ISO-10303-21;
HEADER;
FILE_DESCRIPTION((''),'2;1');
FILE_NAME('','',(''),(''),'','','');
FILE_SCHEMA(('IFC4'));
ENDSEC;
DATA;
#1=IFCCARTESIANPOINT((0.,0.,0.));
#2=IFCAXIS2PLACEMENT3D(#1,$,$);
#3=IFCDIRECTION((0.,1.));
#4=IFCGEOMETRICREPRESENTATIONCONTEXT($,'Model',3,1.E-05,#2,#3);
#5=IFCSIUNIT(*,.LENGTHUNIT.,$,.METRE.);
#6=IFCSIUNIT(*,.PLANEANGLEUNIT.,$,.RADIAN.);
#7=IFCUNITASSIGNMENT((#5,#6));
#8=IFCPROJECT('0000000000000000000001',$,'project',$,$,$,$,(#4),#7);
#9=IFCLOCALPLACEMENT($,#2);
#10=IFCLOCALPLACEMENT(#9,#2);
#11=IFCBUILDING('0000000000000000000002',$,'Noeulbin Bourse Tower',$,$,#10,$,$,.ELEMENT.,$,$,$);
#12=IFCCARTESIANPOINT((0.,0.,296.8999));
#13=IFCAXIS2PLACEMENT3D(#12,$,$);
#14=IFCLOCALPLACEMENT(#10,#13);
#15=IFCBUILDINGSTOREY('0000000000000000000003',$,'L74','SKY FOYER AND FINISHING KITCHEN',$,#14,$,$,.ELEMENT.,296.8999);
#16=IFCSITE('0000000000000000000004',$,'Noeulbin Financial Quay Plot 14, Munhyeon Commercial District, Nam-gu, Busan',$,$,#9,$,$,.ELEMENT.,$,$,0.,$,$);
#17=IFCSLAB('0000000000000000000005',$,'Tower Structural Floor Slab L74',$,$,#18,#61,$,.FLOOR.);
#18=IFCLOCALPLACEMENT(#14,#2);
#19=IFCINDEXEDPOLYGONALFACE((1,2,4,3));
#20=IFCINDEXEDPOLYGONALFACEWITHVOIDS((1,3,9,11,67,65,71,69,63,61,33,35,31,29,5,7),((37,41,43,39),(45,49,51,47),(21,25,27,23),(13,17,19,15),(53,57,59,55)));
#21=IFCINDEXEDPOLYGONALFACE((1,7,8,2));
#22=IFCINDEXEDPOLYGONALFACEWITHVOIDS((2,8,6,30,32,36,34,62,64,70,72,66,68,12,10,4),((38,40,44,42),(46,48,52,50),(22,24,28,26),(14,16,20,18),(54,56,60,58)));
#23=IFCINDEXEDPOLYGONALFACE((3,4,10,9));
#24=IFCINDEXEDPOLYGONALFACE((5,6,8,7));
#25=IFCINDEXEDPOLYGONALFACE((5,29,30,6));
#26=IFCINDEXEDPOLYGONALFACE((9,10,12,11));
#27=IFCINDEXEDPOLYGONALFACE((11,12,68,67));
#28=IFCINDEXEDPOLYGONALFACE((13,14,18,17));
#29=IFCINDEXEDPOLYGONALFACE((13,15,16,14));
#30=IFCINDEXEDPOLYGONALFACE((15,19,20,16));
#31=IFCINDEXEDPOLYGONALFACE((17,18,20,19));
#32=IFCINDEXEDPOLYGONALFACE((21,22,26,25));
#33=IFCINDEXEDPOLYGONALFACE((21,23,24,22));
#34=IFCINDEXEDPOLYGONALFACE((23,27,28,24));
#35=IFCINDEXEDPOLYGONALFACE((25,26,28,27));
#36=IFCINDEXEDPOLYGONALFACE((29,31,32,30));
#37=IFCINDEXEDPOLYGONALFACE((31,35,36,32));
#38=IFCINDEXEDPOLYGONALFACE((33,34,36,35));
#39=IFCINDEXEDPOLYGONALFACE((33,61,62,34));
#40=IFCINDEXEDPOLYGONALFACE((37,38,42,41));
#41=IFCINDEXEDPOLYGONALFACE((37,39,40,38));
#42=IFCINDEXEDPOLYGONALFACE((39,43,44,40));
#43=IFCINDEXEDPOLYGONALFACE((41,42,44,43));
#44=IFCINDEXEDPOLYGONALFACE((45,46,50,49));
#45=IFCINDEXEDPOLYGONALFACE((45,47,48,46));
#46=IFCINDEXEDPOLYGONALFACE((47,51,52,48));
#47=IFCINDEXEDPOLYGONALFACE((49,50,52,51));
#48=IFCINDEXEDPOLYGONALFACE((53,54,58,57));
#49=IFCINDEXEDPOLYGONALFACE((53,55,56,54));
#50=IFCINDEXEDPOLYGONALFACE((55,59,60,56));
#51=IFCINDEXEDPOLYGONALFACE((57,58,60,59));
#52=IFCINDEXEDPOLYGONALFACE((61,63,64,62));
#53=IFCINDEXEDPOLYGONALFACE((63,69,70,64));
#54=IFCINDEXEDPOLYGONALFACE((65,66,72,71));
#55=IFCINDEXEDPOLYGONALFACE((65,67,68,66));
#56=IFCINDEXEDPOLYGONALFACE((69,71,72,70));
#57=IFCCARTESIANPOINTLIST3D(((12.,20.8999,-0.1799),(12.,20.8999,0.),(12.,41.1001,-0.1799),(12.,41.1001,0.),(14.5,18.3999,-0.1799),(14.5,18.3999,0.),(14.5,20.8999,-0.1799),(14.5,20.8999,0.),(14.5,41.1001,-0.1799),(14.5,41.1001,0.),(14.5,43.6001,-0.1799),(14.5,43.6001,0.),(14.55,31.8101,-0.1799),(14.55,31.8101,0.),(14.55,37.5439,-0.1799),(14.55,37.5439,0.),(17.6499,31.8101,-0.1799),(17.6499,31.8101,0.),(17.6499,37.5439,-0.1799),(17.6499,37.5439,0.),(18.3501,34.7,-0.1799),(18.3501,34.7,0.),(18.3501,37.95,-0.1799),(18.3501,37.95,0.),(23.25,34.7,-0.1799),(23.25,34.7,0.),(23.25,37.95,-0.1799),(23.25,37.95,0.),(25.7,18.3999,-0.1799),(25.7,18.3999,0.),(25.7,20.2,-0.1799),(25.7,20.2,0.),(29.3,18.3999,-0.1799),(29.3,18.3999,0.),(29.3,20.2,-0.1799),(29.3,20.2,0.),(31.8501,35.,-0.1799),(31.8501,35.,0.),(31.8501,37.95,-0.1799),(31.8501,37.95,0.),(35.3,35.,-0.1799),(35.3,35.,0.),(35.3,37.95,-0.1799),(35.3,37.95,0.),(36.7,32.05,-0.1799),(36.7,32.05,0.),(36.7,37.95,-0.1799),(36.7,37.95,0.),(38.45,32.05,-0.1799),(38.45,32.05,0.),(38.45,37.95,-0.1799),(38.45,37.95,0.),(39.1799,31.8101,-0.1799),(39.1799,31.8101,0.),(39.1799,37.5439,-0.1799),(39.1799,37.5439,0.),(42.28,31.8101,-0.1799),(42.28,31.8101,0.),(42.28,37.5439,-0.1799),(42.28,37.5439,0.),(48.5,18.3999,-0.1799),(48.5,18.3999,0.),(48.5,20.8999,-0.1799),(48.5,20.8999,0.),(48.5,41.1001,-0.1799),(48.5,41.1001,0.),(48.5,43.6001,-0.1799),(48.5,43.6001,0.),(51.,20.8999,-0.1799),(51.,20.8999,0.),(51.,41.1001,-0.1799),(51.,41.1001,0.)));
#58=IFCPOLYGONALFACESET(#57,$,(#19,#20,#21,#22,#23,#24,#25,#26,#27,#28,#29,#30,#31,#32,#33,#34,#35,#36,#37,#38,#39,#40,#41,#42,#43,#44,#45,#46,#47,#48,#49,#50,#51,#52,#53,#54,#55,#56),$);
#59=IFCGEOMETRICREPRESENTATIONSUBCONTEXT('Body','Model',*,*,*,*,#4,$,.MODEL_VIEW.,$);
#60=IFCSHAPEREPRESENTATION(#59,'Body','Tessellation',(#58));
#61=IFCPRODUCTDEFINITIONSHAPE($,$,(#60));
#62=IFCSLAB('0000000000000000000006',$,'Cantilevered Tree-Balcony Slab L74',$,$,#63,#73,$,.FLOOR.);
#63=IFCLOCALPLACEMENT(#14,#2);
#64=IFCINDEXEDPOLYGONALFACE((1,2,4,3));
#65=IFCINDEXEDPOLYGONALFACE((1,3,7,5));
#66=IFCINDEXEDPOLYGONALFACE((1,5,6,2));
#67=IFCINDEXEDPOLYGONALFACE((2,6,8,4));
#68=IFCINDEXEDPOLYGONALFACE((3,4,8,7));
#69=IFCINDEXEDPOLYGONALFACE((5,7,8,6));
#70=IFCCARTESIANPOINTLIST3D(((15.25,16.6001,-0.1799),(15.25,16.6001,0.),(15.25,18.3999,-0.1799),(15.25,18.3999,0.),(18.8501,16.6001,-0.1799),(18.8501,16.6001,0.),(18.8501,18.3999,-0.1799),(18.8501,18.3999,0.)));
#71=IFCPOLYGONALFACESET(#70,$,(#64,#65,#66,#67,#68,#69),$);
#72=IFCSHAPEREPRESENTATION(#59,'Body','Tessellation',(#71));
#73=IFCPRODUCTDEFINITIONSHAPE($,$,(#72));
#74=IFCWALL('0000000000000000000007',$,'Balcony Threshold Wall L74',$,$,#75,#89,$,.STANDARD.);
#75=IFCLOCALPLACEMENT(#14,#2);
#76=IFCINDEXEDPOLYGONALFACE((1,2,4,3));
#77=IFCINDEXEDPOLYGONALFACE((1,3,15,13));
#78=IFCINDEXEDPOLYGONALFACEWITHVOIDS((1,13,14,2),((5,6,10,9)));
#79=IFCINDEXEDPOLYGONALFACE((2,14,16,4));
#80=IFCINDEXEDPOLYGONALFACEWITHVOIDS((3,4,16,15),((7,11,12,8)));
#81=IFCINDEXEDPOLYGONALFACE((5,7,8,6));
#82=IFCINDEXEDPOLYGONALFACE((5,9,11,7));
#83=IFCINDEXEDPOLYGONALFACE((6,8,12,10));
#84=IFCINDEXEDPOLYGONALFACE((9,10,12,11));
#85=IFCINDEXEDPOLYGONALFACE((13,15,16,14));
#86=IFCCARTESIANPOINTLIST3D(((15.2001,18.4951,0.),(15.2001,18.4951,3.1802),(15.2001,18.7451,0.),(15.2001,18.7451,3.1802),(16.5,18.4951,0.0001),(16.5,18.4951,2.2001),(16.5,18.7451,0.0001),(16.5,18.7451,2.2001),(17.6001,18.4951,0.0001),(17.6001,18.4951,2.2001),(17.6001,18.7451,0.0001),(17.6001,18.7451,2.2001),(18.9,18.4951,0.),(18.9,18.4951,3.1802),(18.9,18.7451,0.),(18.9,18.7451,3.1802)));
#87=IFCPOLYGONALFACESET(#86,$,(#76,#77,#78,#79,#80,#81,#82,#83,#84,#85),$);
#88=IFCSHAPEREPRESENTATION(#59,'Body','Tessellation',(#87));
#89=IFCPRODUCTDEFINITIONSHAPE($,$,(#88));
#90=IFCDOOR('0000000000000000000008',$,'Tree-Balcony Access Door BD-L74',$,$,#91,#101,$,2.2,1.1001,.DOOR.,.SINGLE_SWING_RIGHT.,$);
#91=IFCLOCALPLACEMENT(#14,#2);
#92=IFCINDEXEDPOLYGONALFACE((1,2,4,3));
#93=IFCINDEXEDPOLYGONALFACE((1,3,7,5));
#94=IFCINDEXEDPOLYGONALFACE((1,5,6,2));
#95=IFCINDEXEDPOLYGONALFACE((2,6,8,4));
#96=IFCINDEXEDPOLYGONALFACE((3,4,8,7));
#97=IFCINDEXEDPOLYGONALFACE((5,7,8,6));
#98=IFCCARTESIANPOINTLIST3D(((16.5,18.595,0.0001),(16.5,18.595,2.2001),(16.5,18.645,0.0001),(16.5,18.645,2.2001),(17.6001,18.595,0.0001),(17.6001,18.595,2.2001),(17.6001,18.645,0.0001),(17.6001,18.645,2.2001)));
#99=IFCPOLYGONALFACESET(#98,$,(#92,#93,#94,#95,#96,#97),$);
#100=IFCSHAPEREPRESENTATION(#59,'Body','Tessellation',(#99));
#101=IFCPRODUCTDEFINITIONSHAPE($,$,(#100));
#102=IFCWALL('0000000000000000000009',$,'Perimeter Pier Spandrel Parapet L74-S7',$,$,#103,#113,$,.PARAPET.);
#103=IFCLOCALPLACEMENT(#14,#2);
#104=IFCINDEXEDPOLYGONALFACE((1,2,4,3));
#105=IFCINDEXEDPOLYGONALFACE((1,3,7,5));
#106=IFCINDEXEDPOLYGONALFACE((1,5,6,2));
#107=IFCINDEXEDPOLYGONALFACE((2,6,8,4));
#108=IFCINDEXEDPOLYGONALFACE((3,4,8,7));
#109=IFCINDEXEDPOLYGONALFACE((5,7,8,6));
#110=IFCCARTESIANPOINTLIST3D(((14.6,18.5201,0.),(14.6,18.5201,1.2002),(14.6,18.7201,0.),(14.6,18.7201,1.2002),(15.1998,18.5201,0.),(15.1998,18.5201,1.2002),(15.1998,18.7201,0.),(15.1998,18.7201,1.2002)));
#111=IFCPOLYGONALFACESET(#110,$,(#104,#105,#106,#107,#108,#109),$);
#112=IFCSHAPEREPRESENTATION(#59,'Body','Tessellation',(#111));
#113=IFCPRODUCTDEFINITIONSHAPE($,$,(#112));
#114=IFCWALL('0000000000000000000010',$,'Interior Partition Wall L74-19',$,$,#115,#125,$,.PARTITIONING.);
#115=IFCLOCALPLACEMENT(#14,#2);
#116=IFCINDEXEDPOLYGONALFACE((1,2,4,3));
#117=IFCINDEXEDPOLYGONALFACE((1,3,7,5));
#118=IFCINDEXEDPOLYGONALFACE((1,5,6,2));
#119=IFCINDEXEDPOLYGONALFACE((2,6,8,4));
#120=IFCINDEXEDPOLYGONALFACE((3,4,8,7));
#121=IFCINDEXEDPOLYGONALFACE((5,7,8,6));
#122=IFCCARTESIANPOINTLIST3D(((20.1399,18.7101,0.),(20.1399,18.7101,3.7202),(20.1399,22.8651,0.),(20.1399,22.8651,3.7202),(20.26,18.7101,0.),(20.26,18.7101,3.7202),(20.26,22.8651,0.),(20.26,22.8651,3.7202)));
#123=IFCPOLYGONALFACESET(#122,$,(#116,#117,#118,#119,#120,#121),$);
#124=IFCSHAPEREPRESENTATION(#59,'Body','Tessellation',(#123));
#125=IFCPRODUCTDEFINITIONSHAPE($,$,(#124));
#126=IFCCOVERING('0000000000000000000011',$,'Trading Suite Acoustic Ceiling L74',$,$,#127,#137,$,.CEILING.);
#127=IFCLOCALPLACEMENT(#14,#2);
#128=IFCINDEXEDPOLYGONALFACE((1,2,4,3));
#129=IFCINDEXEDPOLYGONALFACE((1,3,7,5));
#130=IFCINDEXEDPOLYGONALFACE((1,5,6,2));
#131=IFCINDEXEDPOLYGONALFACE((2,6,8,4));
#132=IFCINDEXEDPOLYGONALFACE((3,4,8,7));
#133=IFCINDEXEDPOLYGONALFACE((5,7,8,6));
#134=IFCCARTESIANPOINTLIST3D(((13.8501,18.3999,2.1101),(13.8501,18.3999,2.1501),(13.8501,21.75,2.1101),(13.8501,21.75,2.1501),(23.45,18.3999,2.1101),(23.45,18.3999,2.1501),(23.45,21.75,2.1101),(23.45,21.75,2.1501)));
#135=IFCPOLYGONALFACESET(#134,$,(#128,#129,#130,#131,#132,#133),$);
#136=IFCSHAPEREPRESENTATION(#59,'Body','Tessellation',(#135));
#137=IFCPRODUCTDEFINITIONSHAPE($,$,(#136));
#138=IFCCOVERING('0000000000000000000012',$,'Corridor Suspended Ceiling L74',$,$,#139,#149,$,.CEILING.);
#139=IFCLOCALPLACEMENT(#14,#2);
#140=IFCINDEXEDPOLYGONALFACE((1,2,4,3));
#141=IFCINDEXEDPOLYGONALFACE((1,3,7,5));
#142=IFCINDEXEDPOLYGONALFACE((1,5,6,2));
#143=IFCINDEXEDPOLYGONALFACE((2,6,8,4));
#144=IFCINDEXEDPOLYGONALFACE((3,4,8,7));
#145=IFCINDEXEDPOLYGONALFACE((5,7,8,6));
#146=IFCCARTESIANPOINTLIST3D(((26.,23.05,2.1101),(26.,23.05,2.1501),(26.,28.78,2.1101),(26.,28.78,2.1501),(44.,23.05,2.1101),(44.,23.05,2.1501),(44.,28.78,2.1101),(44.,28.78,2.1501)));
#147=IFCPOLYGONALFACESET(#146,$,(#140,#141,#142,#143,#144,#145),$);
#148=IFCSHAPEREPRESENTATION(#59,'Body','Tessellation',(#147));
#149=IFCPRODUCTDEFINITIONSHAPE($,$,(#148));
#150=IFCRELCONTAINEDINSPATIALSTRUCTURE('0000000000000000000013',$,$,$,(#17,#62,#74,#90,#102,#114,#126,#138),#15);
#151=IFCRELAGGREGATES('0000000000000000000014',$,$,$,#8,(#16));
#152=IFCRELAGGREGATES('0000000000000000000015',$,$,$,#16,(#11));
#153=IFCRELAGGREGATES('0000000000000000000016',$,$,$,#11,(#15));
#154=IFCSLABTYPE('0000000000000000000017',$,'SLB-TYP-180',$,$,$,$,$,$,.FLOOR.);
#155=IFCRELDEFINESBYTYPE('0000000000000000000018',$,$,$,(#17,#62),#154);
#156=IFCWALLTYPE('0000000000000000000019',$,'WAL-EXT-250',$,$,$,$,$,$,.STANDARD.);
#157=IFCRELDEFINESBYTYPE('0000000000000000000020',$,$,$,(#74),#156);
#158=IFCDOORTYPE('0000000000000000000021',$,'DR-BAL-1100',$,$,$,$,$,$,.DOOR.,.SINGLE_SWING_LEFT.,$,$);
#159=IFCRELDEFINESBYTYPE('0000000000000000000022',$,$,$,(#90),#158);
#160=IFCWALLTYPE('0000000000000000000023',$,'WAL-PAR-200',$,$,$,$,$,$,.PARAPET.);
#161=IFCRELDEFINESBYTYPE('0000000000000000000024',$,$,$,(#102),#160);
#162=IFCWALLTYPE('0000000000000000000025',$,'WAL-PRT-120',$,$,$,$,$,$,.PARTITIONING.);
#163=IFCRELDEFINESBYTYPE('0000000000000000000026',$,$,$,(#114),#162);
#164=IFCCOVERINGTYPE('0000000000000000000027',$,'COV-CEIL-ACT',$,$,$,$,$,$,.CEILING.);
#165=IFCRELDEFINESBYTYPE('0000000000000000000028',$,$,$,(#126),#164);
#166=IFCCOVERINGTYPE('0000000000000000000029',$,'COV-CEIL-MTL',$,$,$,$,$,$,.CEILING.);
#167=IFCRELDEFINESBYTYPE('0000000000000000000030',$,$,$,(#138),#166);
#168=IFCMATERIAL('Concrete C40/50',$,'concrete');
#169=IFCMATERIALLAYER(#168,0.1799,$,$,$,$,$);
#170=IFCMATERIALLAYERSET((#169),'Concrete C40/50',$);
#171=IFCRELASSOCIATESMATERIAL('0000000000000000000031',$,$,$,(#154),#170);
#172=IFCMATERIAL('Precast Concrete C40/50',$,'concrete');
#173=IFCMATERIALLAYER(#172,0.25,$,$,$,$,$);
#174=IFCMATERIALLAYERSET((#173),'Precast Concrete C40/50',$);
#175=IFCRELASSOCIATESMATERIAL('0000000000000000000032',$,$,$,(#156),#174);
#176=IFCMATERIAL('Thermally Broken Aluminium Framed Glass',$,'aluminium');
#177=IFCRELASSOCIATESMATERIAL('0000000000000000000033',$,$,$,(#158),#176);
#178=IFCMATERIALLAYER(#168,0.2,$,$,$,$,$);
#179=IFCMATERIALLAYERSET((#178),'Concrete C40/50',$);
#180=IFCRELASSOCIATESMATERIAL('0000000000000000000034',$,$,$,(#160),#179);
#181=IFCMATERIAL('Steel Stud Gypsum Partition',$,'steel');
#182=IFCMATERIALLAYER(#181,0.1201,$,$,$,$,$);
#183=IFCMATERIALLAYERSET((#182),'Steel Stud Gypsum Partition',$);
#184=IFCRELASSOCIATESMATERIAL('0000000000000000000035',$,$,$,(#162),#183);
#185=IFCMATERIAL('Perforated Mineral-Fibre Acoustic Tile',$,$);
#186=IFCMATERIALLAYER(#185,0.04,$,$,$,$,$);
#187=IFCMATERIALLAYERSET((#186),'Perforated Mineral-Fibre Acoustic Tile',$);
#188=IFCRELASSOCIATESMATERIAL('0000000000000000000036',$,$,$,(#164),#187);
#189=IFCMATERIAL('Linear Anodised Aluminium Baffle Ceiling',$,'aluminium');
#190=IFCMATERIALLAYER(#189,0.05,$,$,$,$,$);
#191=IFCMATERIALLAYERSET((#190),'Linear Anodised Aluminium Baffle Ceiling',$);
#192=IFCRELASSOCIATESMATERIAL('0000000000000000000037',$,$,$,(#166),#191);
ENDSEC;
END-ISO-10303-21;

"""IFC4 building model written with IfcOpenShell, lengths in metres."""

from ifc_helpers import new_model, si_unit, direction, frame, frame_2d, origin, place, context, subcontext, project, spatial, polyline, rectangle, outline, extrude, material, layer, layer_set, type_object, element, fill, save


model = new_model("IFC4")

# Units and contexts
model_context = context("Model", 3, precision=1e-05, world=origin(), true_north=direction((0.0, 1.0)))
body_context = subcontext(model_context, "Body", "Model", "MODEL_VIEW")
ifc_project = project(units=[si_unit("LENGTHUNIT", "METRE"), si_unit("PLANEANGLEUNIT", "RADIAN")], contexts=[model_context])

# Site, building, storey
site_placement = place(None, origin())
site = spatial("IfcSite", under=ifc_project, at=site_placement, Name="Noeulbin Financial Quay Plot 14, Munhyeon Commercial District, Nam-gu, Busan", CompositionType="ELEMENT", RefElevation=0.0)
building_placement = place(site_placement, origin())
building = spatial("IfcBuilding", under=site, at=building_placement, Name="Noeulbin Bourse Tower", CompositionType="ELEMENT")
storey_placement = place(building_placement, frame((0.0, 0.0, 296.8999)))
storey = spatial("IfcBuildingStorey", under=building, at=storey_placement, Name="L74", Description="SKY FOYER AND FINISHING KITCHEN", CompositionType="ELEMENT", Elevation=296.8999)

# Shared definitions
ifc_material_1 = material(Name="Concrete C40/50", Category="concrete")

# Slab, openings
ifc_layer_1 = layer(ifc_material_1, 0.1799)
ifc_layer_set_1 = layer_set([ifc_layer_1], Name="Concrete C40/50")
slab_type_1 = type_object("IfcSlabType", Name="SLB-TYP-180", PredefinedType="FLOOR", material=ifc_layer_set_1)
slab_1_placement = place(storey_placement, frame((0.0, 0.0, -0.1799)))
slab_1 = element("IfcSlab", 1, at=slab_1_placement, inside=storey, type_object=slab_type_1, Name="Tower Structural Floor Slab L74", PredefinedType="FLOOR", context=body_context, shape_type="SweptSolid", body=[
    extrude(outline(polyline([(14.5, 18.3999), (25.7, 18.3999), (25.7, 20.2), (29.3, 20.2), (29.3, 18.3999), (48.5, 18.3999), (48.5, 20.8999), (51.0, 20.8999), (51.0, 41.1001), (48.5, 41.1001), (48.5, 43.6001), (14.5, 43.6001), (14.5, 41.1001), (12.0, 41.1001), (12.0, 20.8999), (14.5, 20.8999), (14.5, 18.3999)]), holes=[polyline([(17.6499, 31.8101), (17.6499, 37.5439), (14.55, 37.5439), (14.55, 31.8101), (17.6499, 31.8101)]), polyline([(42.28, 31.8101), (42.28, 37.5439), (39.1799, 37.5439), (39.1799, 31.8101), (42.28, 31.8101)]), polyline([(18.3501, 34.7), (23.25, 34.7), (23.25, 37.95), (18.3501, 37.95), (18.3501, 34.7)]), polyline([(36.7, 32.05), (38.45, 32.05), (38.45, 37.95), (36.7, 37.95), (36.7, 32.05)]), polyline([(31.8501, 35.0), (35.3, 35.0), (35.3, 37.95), (31.8501, 37.95), (31.8501, 35.0)])]), origin(), (0.0, 0.0, 1.0), 0.1799),
])
opening_1_placement = place(slab_1_placement, frame((0.0, 0.0, -0.01)))
element("IfcOpeningElement", 2, at=opening_1_placement, cuts=slab_1, PredefinedType="OPENING", context=body_context, shape_type="SweptSolid", body=[
    extrude(outline(polyline([(17.6499, 31.8101), (17.6499, 37.5439), (14.55, 37.5439), (14.55, 31.8101), (17.6499, 31.8101)])), origin(), (0.0, 0.0, 1.0), 0.2),
])
opening_2_placement = place(slab_1_placement, frame((0.0, 0.0, -0.01)))
element("IfcOpeningElement", 3, at=opening_2_placement, cuts=slab_1, PredefinedType="OPENING", context=body_context, shape_type="SweptSolid", body=[
    extrude(outline(polyline([(42.28, 31.8101), (42.28, 37.5439), (39.1799, 37.5439), (39.1799, 31.8101), (42.28, 31.8101)])), origin(), (0.0, 0.0, 1.0), 0.2),
])
opening_3_placement = place(slab_1_placement, frame((0.0, 0.0, -0.01)))
element("IfcOpeningElement", 4, at=opening_3_placement, cuts=slab_1, PredefinedType="OPENING", context=body_context, shape_type="SweptSolid", body=[
    extrude(outline(polyline([(18.3501, 34.7), (23.25, 34.7), (23.25, 37.95), (18.3501, 37.95), (18.3501, 34.7)])), origin(), (0.0, 0.0, 1.0), 0.2),
])
opening_4_placement = place(slab_1_placement, frame((0.0, 0.0, -0.01)))
element("IfcOpeningElement", 5, at=opening_4_placement, cuts=slab_1, PredefinedType="OPENING", context=body_context, shape_type="SweptSolid", body=[
    extrude(outline(polyline([(36.7, 32.05), (38.45, 32.05), (38.45, 37.95), (36.7, 37.95), (36.7, 32.05)])), origin(), (0.0, 0.0, 1.0), 0.2),
])
opening_5_placement = place(slab_1_placement, frame((0.0, 0.0, -0.01)))
element("IfcOpeningElement", 6, at=opening_5_placement, cuts=slab_1, PredefinedType="OPENING", context=body_context, shape_type="SweptSolid", body=[
    extrude(outline(polyline([(31.8501, 35.0), (35.3, 35.0), (35.3, 37.95), (31.8501, 37.95), (31.8501, 35.0)])), origin(), (0.0, 0.0, 1.0), 0.2),
])

# Slab
slab_2_placement = place(storey_placement, frame((0.0, 0.0, -0.1799)))
element("IfcSlab", 7, at=slab_2_placement, inside=storey, type_object=slab_type_1, Name="Cantilevered Tree-Balcony Slab L74", PredefinedType="FLOOR", context=body_context, shape_type="SweptSolid", body=[
    extrude(outline(polyline([(15.25, 16.6001), (18.8501, 16.6001), (18.8501, 18.3999), (15.25, 18.3999), (15.25, 16.6001)])), origin(), (0.0, 0.0, 1.0), 0.1799),
])

# Wall, opening, door
ifc_material_2 = material(Name="Precast Concrete C40/50", Category="concrete")
ifc_layer_2 = layer(ifc_material_2, 0.25)
ifc_layer_set_2 = layer_set([ifc_layer_2], Name="Precast Concrete C40/50")
wall_type_1 = type_object("IfcWallType", Name="WAL-EXT-250", PredefinedType="STANDARD", material=ifc_layer_set_2)
wall_1_placement = place(storey_placement, frame((15.2, 18.6201, 0.0), z_axis=(0.0, 0.0, 1.0), x_axis=(1.0, 0.0, 0.0)))
wall_1 = element("IfcWall", 8, at=wall_1_placement, inside=storey, type_object=wall_type_1, Name="Balcony Threshold Wall L74", PredefinedType="STANDARD", context=body_context, shape_type="SweptSolid", body=[
    extrude(rectangle(XDim=3.7, YDim=0.25, at=frame_2d((1.8501, 0.0))), origin(), (0.0, 0.0, 1.0), 3.1802),
])
opening_6_placement = place(wall_1_placement, frame((1.3, 0.0, 0.0)))
opening_6 = element("IfcOpeningElement", 9, at=opening_6_placement, cuts=wall_1, PredefinedType="OPENING", context=body_context, shape_type="SweptSolid", body=[
    extrude(rectangle(XDim=1.1001, YDim=2.2, at=frame_2d((0.55, 1.1001))), frame((0.0, 0.135, 0.0), z_axis=(0.0, -1.0, 0.0), x_axis=(1.0, 0.0, 0.0)), (0.0, 0.0, 1.0), 0.27),
])
ifc_material_3 = material(Name="Thermally Broken Aluminium Framed Glass", Category="aluminium")
door_type = type_object("IfcDoorType", Name="DR-BAL-1100", OperationType="SINGLE_SWING_LEFT", PredefinedType="DOOR", material=ifc_material_3)
door_placement = place(opening_6_placement, origin())
door = element("IfcDoor", 10, at=door_placement, inside=storey, type_object=door_type, Name="Tree-Balcony Access Door BD-L74", OperationType="SINGLE_SWING_RIGHT", OverallHeight=2.2, OverallWidth=1.1001, PredefinedType="DOOR", context=body_context, shape_type="SweptSolid", body=[
    extrude(rectangle(XDim=1.1001, YDim=2.2, at=frame_2d((0.55, 1.1001))), frame((0.0, 0.0249, 0.0), z_axis=(0.0, -1.0, 0.0), x_axis=(1.0, 0.0, 0.0)), (0.0, 0.0, 1.0), 0.05),
])
fill(opening_6, door)

# Walls
ifc_layer_3 = layer(ifc_material_1, 0.2)
ifc_layer_set_3 = layer_set([ifc_layer_3], Name="Concrete C40/50")
wall_type_2 = type_object("IfcWallType", Name="WAL-PAR-200", PredefinedType="PARAPET", material=ifc_layer_set_3)
wall_2_placement = place(storey_placement, frame((14.6001, 18.6201, 0.0), z_axis=(0.0, 0.0, 1.0), x_axis=(1.0, 0.0, 0.0)))
element("IfcWall", 11, at=wall_2_placement, inside=storey, type_object=wall_type_2, Name="Perimeter Pier Spandrel Parapet L74-S7", PredefinedType="PARAPET", context=body_context, shape_type="SweptSolid", body=[
    extrude(rectangle(XDim=0.5999, YDim=0.2, at=frame_2d((0.2998, 0.0))), origin(), (0.0, 0.0, 1.0), 1.2002),
])
ifc_material_4 = material(Name="Steel Stud Gypsum Partition", Category="steel")
ifc_layer_4 = layer(ifc_material_4, 0.1201)
ifc_layer_set_4 = layer_set([ifc_layer_4], Name="Steel Stud Gypsum Partition")
wall_type_3 = type_object("IfcWallType", Name="WAL-PRT-120", PredefinedType="PARTITIONING", material=ifc_layer_set_4)
wall_3_placement = place(storey_placement, frame((20.2, 18.71, 0.0), z_axis=(0.0, 0.0, 1.0), x_axis=(0.0, 1.0, 0.0)))
element("IfcWall", 12, at=wall_3_placement, inside=storey, type_object=wall_type_3, Name="Interior Partition Wall L74-19", PredefinedType="PARTITIONING", context=body_context, shape_type="SweptSolid", body=[
    extrude(rectangle(XDim=4.155, YDim=0.1201, at=frame_2d((2.0776, 0.0))), origin(), (0.0, 0.0, 1.0), 3.7202),
])

# Coverings
ifc_material_5 = material(Name="Perforated Mineral-Fibre Acoustic Tile")
ifc_layer_5 = layer(ifc_material_5, 0.04)
ifc_layer_set_5 = layer_set([ifc_layer_5], Name="Perforated Mineral-Fibre Acoustic Tile")
covering_type_1 = type_object("IfcCoveringType", Name="COV-CEIL-ACT", PredefinedType="CEILING", material=ifc_layer_set_5)
covering_1_placement = place(storey_placement, frame((0.0, 0.0, 2.1101)))
element("IfcCovering", 13, at=covering_1_placement, inside=storey, type_object=covering_type_1, Name="Trading Suite Acoustic Ceiling L74", PredefinedType="CEILING", context=body_context, shape_type="SweptSolid", body=[
    extrude(outline(polyline([(13.8501, 18.3999), (23.45, 18.3999), (23.45, 21.75), (13.8501, 21.75), (13.8501, 18.3999)])), origin(), (0.0, 0.0, 1.0), 0.04),
])
ifc_material_6 = material(Name="Linear Anodised Aluminium Baffle Ceiling", Category="aluminium")
ifc_layer_6 = layer(ifc_material_6, 0.05)
ifc_layer_set_6 = layer_set([ifc_layer_6], Name="Linear Anodised Aluminium Baffle Ceiling")
covering_type_2 = type_object("IfcCoveringType", Name="COV-CEIL-MTL", PredefinedType="CEILING", material=ifc_layer_set_6)
covering_2_placement = place(storey_placement, frame((0.0, 0.0, 2.1101)))
element("IfcCovering", 14, at=covering_2_placement, inside=storey, type_object=covering_type_2, Name="Corridor Suspended Ceiling L74", PredefinedType="CEILING", context=body_context, shape_type="SweptSolid", body=[
    extrude(outline(polyline([(26.0, 23.05), (44.0, 23.05), (44.0, 28.78), (26.0, 28.78), (26.0, 23.05)])), origin(), (0.0, 0.0, 1.0), 0.04),
])

save(model, "model.ifc")
